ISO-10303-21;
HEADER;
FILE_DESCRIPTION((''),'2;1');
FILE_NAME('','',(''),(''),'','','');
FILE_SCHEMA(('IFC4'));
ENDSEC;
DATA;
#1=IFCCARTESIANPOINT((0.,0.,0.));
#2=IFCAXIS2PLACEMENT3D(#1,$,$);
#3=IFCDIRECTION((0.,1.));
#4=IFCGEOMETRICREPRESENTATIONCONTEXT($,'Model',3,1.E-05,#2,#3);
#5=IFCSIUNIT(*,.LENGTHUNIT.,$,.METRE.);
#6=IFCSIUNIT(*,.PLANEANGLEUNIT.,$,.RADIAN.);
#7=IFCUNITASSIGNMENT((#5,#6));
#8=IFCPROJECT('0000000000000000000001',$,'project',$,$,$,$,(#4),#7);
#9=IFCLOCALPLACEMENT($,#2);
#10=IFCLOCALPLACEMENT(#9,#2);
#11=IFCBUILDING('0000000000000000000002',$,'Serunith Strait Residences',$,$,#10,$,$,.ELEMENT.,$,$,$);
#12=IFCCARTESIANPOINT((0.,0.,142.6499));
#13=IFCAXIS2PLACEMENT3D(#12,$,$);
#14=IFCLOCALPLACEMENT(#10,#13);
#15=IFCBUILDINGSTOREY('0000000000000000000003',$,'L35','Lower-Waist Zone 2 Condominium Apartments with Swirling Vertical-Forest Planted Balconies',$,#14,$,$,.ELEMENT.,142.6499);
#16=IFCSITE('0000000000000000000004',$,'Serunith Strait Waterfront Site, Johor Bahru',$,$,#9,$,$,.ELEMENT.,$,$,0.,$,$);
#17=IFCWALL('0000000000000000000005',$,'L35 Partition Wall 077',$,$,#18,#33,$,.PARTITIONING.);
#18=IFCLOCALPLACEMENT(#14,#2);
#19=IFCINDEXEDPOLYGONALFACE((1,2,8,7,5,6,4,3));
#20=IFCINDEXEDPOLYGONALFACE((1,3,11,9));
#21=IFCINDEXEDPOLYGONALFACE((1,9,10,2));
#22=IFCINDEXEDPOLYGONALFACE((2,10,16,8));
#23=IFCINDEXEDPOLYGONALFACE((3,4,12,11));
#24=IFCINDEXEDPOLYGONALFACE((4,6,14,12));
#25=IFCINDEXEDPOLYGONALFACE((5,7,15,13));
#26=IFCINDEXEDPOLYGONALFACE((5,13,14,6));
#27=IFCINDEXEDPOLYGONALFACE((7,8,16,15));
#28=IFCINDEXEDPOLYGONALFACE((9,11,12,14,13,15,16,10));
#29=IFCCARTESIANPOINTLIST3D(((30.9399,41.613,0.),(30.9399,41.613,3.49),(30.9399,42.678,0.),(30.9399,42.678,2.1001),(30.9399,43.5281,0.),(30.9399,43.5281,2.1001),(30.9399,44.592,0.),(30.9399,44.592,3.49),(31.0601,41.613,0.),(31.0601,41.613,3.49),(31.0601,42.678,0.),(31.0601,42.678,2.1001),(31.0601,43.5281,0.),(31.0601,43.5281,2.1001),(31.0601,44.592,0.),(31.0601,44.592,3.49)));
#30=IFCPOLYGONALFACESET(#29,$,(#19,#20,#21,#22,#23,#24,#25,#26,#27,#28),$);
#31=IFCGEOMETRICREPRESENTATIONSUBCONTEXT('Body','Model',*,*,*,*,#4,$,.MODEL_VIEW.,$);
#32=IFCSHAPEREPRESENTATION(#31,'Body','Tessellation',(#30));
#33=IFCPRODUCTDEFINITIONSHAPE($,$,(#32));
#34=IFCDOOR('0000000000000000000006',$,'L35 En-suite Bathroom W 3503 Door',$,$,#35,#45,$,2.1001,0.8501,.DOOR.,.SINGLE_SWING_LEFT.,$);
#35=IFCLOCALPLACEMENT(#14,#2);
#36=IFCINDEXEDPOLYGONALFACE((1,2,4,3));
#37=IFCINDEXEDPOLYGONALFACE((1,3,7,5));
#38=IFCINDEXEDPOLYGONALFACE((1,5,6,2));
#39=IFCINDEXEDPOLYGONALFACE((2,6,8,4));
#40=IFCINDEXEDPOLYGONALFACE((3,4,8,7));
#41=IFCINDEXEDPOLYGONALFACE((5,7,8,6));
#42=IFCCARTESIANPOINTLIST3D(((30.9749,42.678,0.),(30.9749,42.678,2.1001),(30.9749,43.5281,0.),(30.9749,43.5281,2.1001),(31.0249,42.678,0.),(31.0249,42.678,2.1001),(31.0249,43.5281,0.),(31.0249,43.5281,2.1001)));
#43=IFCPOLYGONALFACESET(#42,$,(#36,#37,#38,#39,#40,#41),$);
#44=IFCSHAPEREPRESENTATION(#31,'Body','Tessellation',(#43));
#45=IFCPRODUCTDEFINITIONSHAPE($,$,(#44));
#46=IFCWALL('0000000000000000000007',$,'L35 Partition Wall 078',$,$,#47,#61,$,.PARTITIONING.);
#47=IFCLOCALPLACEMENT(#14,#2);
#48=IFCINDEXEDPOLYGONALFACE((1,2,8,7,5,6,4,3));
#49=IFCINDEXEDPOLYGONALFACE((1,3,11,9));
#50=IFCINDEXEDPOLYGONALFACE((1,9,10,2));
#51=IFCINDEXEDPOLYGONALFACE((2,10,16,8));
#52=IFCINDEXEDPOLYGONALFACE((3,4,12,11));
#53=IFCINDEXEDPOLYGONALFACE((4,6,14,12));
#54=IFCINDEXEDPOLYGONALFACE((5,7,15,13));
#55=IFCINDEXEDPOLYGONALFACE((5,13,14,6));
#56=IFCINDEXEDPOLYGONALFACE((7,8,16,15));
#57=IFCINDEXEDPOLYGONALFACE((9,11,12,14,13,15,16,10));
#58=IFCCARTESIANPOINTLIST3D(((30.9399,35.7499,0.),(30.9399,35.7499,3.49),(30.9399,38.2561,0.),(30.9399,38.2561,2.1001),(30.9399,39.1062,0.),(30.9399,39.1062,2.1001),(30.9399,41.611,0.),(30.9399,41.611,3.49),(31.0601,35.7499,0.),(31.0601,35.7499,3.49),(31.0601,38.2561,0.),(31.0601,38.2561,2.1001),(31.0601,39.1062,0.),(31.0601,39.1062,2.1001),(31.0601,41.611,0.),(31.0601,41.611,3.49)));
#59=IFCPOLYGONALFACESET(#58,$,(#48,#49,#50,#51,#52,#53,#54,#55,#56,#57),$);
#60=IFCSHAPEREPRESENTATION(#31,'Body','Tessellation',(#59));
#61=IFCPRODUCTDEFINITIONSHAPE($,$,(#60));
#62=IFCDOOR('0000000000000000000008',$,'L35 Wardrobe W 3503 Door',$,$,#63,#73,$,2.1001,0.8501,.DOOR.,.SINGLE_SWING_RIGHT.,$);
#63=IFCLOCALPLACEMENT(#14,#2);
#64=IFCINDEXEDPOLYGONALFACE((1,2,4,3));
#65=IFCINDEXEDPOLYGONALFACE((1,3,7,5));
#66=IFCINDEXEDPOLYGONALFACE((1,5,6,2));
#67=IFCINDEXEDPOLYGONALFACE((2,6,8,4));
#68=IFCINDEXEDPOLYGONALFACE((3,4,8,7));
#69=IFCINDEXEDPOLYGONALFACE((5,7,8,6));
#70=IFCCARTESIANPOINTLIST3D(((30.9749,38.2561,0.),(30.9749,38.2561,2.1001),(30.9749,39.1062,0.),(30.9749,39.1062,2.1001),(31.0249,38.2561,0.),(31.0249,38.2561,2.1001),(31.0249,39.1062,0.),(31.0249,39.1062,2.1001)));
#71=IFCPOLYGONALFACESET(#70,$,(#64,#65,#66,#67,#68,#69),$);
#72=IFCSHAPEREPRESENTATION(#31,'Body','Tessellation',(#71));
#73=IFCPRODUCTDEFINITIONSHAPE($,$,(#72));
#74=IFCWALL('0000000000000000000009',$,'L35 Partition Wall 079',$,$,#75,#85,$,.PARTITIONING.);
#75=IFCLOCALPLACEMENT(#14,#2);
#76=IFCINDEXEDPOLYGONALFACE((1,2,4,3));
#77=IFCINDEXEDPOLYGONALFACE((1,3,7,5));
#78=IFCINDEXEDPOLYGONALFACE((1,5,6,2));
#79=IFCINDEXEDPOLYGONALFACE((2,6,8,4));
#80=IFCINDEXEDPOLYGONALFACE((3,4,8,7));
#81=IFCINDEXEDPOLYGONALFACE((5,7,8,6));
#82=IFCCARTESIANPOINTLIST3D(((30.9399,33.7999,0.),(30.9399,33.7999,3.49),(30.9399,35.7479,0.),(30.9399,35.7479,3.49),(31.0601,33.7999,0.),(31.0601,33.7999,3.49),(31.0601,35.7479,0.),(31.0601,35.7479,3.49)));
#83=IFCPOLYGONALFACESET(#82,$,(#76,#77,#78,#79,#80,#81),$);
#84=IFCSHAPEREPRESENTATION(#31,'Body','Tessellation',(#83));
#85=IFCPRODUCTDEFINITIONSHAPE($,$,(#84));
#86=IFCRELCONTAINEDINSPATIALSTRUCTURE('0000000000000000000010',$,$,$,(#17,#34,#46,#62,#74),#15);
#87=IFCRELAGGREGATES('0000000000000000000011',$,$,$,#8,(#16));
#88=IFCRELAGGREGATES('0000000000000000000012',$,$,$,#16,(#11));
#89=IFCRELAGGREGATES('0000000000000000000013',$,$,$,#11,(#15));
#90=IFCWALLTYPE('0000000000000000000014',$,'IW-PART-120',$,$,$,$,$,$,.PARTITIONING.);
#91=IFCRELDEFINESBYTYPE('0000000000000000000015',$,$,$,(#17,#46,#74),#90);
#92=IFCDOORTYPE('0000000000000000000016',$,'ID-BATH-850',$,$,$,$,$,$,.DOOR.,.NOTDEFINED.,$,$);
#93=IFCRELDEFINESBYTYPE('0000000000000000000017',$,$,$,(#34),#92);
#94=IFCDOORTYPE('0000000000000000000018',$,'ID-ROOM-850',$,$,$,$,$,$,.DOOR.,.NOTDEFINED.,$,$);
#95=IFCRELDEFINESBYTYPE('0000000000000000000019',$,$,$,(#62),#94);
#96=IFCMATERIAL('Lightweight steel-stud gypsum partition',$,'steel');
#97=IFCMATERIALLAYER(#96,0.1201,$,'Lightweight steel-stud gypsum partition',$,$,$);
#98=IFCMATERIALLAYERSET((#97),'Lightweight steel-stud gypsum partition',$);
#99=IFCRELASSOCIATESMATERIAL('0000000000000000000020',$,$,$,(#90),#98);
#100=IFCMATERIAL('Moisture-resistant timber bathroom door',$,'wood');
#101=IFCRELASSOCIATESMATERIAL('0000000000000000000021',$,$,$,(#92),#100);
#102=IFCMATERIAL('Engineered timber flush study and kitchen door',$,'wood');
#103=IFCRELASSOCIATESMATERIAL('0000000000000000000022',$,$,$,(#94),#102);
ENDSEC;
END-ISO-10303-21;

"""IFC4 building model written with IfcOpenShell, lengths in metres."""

from ifc_helpers import new_model, si_unit, direction, frame, frame_2d, origin, place, context, subcontext, project, spatial, rectangle, extrude, source, transform, mapped, material, layer, layer_set, type_object, element, fill, save


model = new_model("IFC4")

# Units and contexts
model_context = context("Model", 3, precision=1e-05, world=origin(), true_north=direction((0.0, 1.0)))
body_context = subcontext(model_context, "Body", "Model", "MODEL_VIEW")
ifc_project = project(units=[si_unit("LENGTHUNIT", "METRE"), si_unit("PLANEANGLEUNIT", "RADIAN")], contexts=[model_context])

# Site, building, storey
site_placement = place(None, origin())
site = spatial("IfcSite", under=ifc_project, at=site_placement, Name="Serunith Strait Waterfront Site, Johor Bahru", CompositionType="ELEMENT", RefElevation=0.0)
building_placement = place(site_placement, origin())
building = spatial("IfcBuilding", under=site, at=building_placement, Name="Serunith Strait Residences", CompositionType="ELEMENT")
storey_placement = place(building_placement, frame((0.0, 0.0, 142.6499)))
storey = spatial("IfcBuildingStorey", under=building, at=storey_placement, Name="L35", Description="Lower-Waist Zone 2 Condominium Apartments with Swirling Vertical-Forest Planted Balconies", CompositionType="ELEMENT", Elevation=142.6499)

# Shared definitions
ifc_material_1 = material(Name="Lightweight steel-stud gypsum partition", Category="steel")
ifc_layer_1 = layer(ifc_material_1, 0.1201, Name="Lightweight steel-stud gypsum partition")
ifc_layer_set_1 = layer_set([ifc_layer_1], Name="Lightweight steel-stud gypsum partition")
wall_type = type_object("IfcWallType", Name="IW-PART-120", PredefinedType="PARTITIONING", material=ifc_layer_set_1)

# Walls, openings, doors
wall_1_placement = place(storey_placement, frame((31.0, 44.592, 0.0), z_axis=(0.0, 0.0, 1.0), x_axis=(0.0, -1.0, 0.0)))
wall_1 = element("IfcWall", 1, at=wall_1_placement, inside=storey, type_object=wall_type, Name="L35 Partition Wall 077", PredefinedType="PARTITIONING", context=body_context, shape_type="SweptSolid", body=[
    extrude(rectangle(XDim=2.979, YDim=0.1201, at=frame_2d((1.4895, 0.0))), origin(), (0.0, 0.0, 1.0), 3.49),
])
opening_1_placement = place(wall_1_placement, frame((1.064, 0.0, 0.0)))
opening_1 = element("IfcOpeningElement", 2, at=opening_1_placement, cuts=wall_1, PredefinedType="OPENING", context=body_context, shape_type="SweptSolid", body=[
    extrude(rectangle(XDim=0.8501, YDim=2.1001, at=frame_2d((0.425, 1.05))), frame((0.0, 0.0701, 0.0), z_axis=(0.0, -1.0, 0.0), x_axis=(1.0, 0.0, 0.0)), (0.0, 0.0, 1.0), 0.1401),
])
ifc_material_2 = material(Name="Moisture-resistant timber bathroom door", Category="wood")
door_type_1 = type_object("IfcDoorType", Name="ID-BATH-850", OperationType="NOTDEFINED", PredefinedType="DOOR", material=ifc_material_2)
shared_shape_1 = source(origin(), body_context, "Body", "SweptSolid", [
    extrude(rectangle(XDim=0.8501, YDim=2.1001, at=frame_2d((0.425, 1.05))), frame((0.0, 0.0249, 0.0), z_axis=(0.0, -1.0, 0.0), x_axis=(1.0, 0.0, 0.0)), (0.0, 0.0, 1.0), 0.05),
])
door_1_placement = place(opening_1_placement, origin())
door_1 = element("IfcDoor", 3, at=door_1_placement, inside=storey, type_object=door_type_1, Name="L35 En-suite Bathroom W 3503 Door", OperationType="SINGLE_SWING_LEFT", OverallHeight=2.1001, OverallWidth=0.8501, PredefinedType="DOOR", context=body_context, shape_type="MappedRepresentation", body=[
    mapped(shared_shape_1, transform((0.0, 0.0, 0.0), scale=1.0)),
])
fill(opening_1, door_1)
wall_2_placement = place(storey_placement, frame((31.0, 41.6111, 0.0), z_axis=(0.0, 0.0, 1.0), x_axis=(0.0, -1.0, 0.0)))
wall_2 = element("IfcWall", 4, at=wall_2_placement, inside=storey, type_object=wall_type, Name="L35 Partition Wall 078", PredefinedType="PARTITIONING", context=body_context, shape_type="SweptSolid", body=[
    extrude(rectangle(XDim=5.8611, YDim=0.1201, at=frame_2d((2.9307, 0.0))), origin(), (0.0, 0.0, 1.0), 3.49),
])
opening_2_placement = place(wall_2_placement, frame((2.5049, 0.0, 0.0)))
opening_2 = element("IfcOpeningElement", 5, at=opening_2_placement, cuts=wall_2, PredefinedType="OPENING", context=body_context, shape_type="SweptSolid", body=[
    extrude(rectangle(XDim=0.8501, YDim=2.1001, at=frame_2d((0.425, 1.05))), frame((0.0, 0.0701, 0.0), z_axis=(0.0, -1.0, 0.0), x_axis=(1.0, 0.0, 0.0)), (0.0, 0.0, 1.0), 0.1401),
])
ifc_material_3 = material(Name="Engineered timber flush study and kitchen door", Category="wood")
door_type_2 = type_object("IfcDoorType", Name="ID-ROOM-850", OperationType="NOTDEFINED", PredefinedType="DOOR", material=ifc_material_3)
door_2_placement = place(opening_2_placement, origin())
door_2 = element("IfcDoor", 6, at=door_2_placement, inside=storey, type_object=door_type_2, Name="L35 Wardrobe W 3503 Door", OperationType="SINGLE_SWING_RIGHT", OverallHeight=2.1001, OverallWidth=0.8501, PredefinedType="DOOR", context=body_context, shape_type="MappedRepresentation", body=[
    mapped(shared_shape_1, transform((0.0, 0.0, 0.0), scale=1.0)),
])
fill(opening_2, door_2)

# Wall
wall_3_placement = place(storey_placement, frame((31.0, 35.748, 0.0), z_axis=(0.0, 0.0, 1.0), x_axis=(0.0, -1.0, 0.0)))
element("IfcWall", 7, at=wall_3_placement, inside=storey, type_object=wall_type, Name="L35 Partition Wall 079", PredefinedType="PARTITIONING", context=body_context, shape_type="SweptSolid", body=[
    extrude(rectangle(XDim=1.948, YDim=0.1201, at=frame_2d((0.9741, 0.0))), origin(), (0.0, 0.0, 1.0), 3.49),
])

save(model, "model.ifc")
